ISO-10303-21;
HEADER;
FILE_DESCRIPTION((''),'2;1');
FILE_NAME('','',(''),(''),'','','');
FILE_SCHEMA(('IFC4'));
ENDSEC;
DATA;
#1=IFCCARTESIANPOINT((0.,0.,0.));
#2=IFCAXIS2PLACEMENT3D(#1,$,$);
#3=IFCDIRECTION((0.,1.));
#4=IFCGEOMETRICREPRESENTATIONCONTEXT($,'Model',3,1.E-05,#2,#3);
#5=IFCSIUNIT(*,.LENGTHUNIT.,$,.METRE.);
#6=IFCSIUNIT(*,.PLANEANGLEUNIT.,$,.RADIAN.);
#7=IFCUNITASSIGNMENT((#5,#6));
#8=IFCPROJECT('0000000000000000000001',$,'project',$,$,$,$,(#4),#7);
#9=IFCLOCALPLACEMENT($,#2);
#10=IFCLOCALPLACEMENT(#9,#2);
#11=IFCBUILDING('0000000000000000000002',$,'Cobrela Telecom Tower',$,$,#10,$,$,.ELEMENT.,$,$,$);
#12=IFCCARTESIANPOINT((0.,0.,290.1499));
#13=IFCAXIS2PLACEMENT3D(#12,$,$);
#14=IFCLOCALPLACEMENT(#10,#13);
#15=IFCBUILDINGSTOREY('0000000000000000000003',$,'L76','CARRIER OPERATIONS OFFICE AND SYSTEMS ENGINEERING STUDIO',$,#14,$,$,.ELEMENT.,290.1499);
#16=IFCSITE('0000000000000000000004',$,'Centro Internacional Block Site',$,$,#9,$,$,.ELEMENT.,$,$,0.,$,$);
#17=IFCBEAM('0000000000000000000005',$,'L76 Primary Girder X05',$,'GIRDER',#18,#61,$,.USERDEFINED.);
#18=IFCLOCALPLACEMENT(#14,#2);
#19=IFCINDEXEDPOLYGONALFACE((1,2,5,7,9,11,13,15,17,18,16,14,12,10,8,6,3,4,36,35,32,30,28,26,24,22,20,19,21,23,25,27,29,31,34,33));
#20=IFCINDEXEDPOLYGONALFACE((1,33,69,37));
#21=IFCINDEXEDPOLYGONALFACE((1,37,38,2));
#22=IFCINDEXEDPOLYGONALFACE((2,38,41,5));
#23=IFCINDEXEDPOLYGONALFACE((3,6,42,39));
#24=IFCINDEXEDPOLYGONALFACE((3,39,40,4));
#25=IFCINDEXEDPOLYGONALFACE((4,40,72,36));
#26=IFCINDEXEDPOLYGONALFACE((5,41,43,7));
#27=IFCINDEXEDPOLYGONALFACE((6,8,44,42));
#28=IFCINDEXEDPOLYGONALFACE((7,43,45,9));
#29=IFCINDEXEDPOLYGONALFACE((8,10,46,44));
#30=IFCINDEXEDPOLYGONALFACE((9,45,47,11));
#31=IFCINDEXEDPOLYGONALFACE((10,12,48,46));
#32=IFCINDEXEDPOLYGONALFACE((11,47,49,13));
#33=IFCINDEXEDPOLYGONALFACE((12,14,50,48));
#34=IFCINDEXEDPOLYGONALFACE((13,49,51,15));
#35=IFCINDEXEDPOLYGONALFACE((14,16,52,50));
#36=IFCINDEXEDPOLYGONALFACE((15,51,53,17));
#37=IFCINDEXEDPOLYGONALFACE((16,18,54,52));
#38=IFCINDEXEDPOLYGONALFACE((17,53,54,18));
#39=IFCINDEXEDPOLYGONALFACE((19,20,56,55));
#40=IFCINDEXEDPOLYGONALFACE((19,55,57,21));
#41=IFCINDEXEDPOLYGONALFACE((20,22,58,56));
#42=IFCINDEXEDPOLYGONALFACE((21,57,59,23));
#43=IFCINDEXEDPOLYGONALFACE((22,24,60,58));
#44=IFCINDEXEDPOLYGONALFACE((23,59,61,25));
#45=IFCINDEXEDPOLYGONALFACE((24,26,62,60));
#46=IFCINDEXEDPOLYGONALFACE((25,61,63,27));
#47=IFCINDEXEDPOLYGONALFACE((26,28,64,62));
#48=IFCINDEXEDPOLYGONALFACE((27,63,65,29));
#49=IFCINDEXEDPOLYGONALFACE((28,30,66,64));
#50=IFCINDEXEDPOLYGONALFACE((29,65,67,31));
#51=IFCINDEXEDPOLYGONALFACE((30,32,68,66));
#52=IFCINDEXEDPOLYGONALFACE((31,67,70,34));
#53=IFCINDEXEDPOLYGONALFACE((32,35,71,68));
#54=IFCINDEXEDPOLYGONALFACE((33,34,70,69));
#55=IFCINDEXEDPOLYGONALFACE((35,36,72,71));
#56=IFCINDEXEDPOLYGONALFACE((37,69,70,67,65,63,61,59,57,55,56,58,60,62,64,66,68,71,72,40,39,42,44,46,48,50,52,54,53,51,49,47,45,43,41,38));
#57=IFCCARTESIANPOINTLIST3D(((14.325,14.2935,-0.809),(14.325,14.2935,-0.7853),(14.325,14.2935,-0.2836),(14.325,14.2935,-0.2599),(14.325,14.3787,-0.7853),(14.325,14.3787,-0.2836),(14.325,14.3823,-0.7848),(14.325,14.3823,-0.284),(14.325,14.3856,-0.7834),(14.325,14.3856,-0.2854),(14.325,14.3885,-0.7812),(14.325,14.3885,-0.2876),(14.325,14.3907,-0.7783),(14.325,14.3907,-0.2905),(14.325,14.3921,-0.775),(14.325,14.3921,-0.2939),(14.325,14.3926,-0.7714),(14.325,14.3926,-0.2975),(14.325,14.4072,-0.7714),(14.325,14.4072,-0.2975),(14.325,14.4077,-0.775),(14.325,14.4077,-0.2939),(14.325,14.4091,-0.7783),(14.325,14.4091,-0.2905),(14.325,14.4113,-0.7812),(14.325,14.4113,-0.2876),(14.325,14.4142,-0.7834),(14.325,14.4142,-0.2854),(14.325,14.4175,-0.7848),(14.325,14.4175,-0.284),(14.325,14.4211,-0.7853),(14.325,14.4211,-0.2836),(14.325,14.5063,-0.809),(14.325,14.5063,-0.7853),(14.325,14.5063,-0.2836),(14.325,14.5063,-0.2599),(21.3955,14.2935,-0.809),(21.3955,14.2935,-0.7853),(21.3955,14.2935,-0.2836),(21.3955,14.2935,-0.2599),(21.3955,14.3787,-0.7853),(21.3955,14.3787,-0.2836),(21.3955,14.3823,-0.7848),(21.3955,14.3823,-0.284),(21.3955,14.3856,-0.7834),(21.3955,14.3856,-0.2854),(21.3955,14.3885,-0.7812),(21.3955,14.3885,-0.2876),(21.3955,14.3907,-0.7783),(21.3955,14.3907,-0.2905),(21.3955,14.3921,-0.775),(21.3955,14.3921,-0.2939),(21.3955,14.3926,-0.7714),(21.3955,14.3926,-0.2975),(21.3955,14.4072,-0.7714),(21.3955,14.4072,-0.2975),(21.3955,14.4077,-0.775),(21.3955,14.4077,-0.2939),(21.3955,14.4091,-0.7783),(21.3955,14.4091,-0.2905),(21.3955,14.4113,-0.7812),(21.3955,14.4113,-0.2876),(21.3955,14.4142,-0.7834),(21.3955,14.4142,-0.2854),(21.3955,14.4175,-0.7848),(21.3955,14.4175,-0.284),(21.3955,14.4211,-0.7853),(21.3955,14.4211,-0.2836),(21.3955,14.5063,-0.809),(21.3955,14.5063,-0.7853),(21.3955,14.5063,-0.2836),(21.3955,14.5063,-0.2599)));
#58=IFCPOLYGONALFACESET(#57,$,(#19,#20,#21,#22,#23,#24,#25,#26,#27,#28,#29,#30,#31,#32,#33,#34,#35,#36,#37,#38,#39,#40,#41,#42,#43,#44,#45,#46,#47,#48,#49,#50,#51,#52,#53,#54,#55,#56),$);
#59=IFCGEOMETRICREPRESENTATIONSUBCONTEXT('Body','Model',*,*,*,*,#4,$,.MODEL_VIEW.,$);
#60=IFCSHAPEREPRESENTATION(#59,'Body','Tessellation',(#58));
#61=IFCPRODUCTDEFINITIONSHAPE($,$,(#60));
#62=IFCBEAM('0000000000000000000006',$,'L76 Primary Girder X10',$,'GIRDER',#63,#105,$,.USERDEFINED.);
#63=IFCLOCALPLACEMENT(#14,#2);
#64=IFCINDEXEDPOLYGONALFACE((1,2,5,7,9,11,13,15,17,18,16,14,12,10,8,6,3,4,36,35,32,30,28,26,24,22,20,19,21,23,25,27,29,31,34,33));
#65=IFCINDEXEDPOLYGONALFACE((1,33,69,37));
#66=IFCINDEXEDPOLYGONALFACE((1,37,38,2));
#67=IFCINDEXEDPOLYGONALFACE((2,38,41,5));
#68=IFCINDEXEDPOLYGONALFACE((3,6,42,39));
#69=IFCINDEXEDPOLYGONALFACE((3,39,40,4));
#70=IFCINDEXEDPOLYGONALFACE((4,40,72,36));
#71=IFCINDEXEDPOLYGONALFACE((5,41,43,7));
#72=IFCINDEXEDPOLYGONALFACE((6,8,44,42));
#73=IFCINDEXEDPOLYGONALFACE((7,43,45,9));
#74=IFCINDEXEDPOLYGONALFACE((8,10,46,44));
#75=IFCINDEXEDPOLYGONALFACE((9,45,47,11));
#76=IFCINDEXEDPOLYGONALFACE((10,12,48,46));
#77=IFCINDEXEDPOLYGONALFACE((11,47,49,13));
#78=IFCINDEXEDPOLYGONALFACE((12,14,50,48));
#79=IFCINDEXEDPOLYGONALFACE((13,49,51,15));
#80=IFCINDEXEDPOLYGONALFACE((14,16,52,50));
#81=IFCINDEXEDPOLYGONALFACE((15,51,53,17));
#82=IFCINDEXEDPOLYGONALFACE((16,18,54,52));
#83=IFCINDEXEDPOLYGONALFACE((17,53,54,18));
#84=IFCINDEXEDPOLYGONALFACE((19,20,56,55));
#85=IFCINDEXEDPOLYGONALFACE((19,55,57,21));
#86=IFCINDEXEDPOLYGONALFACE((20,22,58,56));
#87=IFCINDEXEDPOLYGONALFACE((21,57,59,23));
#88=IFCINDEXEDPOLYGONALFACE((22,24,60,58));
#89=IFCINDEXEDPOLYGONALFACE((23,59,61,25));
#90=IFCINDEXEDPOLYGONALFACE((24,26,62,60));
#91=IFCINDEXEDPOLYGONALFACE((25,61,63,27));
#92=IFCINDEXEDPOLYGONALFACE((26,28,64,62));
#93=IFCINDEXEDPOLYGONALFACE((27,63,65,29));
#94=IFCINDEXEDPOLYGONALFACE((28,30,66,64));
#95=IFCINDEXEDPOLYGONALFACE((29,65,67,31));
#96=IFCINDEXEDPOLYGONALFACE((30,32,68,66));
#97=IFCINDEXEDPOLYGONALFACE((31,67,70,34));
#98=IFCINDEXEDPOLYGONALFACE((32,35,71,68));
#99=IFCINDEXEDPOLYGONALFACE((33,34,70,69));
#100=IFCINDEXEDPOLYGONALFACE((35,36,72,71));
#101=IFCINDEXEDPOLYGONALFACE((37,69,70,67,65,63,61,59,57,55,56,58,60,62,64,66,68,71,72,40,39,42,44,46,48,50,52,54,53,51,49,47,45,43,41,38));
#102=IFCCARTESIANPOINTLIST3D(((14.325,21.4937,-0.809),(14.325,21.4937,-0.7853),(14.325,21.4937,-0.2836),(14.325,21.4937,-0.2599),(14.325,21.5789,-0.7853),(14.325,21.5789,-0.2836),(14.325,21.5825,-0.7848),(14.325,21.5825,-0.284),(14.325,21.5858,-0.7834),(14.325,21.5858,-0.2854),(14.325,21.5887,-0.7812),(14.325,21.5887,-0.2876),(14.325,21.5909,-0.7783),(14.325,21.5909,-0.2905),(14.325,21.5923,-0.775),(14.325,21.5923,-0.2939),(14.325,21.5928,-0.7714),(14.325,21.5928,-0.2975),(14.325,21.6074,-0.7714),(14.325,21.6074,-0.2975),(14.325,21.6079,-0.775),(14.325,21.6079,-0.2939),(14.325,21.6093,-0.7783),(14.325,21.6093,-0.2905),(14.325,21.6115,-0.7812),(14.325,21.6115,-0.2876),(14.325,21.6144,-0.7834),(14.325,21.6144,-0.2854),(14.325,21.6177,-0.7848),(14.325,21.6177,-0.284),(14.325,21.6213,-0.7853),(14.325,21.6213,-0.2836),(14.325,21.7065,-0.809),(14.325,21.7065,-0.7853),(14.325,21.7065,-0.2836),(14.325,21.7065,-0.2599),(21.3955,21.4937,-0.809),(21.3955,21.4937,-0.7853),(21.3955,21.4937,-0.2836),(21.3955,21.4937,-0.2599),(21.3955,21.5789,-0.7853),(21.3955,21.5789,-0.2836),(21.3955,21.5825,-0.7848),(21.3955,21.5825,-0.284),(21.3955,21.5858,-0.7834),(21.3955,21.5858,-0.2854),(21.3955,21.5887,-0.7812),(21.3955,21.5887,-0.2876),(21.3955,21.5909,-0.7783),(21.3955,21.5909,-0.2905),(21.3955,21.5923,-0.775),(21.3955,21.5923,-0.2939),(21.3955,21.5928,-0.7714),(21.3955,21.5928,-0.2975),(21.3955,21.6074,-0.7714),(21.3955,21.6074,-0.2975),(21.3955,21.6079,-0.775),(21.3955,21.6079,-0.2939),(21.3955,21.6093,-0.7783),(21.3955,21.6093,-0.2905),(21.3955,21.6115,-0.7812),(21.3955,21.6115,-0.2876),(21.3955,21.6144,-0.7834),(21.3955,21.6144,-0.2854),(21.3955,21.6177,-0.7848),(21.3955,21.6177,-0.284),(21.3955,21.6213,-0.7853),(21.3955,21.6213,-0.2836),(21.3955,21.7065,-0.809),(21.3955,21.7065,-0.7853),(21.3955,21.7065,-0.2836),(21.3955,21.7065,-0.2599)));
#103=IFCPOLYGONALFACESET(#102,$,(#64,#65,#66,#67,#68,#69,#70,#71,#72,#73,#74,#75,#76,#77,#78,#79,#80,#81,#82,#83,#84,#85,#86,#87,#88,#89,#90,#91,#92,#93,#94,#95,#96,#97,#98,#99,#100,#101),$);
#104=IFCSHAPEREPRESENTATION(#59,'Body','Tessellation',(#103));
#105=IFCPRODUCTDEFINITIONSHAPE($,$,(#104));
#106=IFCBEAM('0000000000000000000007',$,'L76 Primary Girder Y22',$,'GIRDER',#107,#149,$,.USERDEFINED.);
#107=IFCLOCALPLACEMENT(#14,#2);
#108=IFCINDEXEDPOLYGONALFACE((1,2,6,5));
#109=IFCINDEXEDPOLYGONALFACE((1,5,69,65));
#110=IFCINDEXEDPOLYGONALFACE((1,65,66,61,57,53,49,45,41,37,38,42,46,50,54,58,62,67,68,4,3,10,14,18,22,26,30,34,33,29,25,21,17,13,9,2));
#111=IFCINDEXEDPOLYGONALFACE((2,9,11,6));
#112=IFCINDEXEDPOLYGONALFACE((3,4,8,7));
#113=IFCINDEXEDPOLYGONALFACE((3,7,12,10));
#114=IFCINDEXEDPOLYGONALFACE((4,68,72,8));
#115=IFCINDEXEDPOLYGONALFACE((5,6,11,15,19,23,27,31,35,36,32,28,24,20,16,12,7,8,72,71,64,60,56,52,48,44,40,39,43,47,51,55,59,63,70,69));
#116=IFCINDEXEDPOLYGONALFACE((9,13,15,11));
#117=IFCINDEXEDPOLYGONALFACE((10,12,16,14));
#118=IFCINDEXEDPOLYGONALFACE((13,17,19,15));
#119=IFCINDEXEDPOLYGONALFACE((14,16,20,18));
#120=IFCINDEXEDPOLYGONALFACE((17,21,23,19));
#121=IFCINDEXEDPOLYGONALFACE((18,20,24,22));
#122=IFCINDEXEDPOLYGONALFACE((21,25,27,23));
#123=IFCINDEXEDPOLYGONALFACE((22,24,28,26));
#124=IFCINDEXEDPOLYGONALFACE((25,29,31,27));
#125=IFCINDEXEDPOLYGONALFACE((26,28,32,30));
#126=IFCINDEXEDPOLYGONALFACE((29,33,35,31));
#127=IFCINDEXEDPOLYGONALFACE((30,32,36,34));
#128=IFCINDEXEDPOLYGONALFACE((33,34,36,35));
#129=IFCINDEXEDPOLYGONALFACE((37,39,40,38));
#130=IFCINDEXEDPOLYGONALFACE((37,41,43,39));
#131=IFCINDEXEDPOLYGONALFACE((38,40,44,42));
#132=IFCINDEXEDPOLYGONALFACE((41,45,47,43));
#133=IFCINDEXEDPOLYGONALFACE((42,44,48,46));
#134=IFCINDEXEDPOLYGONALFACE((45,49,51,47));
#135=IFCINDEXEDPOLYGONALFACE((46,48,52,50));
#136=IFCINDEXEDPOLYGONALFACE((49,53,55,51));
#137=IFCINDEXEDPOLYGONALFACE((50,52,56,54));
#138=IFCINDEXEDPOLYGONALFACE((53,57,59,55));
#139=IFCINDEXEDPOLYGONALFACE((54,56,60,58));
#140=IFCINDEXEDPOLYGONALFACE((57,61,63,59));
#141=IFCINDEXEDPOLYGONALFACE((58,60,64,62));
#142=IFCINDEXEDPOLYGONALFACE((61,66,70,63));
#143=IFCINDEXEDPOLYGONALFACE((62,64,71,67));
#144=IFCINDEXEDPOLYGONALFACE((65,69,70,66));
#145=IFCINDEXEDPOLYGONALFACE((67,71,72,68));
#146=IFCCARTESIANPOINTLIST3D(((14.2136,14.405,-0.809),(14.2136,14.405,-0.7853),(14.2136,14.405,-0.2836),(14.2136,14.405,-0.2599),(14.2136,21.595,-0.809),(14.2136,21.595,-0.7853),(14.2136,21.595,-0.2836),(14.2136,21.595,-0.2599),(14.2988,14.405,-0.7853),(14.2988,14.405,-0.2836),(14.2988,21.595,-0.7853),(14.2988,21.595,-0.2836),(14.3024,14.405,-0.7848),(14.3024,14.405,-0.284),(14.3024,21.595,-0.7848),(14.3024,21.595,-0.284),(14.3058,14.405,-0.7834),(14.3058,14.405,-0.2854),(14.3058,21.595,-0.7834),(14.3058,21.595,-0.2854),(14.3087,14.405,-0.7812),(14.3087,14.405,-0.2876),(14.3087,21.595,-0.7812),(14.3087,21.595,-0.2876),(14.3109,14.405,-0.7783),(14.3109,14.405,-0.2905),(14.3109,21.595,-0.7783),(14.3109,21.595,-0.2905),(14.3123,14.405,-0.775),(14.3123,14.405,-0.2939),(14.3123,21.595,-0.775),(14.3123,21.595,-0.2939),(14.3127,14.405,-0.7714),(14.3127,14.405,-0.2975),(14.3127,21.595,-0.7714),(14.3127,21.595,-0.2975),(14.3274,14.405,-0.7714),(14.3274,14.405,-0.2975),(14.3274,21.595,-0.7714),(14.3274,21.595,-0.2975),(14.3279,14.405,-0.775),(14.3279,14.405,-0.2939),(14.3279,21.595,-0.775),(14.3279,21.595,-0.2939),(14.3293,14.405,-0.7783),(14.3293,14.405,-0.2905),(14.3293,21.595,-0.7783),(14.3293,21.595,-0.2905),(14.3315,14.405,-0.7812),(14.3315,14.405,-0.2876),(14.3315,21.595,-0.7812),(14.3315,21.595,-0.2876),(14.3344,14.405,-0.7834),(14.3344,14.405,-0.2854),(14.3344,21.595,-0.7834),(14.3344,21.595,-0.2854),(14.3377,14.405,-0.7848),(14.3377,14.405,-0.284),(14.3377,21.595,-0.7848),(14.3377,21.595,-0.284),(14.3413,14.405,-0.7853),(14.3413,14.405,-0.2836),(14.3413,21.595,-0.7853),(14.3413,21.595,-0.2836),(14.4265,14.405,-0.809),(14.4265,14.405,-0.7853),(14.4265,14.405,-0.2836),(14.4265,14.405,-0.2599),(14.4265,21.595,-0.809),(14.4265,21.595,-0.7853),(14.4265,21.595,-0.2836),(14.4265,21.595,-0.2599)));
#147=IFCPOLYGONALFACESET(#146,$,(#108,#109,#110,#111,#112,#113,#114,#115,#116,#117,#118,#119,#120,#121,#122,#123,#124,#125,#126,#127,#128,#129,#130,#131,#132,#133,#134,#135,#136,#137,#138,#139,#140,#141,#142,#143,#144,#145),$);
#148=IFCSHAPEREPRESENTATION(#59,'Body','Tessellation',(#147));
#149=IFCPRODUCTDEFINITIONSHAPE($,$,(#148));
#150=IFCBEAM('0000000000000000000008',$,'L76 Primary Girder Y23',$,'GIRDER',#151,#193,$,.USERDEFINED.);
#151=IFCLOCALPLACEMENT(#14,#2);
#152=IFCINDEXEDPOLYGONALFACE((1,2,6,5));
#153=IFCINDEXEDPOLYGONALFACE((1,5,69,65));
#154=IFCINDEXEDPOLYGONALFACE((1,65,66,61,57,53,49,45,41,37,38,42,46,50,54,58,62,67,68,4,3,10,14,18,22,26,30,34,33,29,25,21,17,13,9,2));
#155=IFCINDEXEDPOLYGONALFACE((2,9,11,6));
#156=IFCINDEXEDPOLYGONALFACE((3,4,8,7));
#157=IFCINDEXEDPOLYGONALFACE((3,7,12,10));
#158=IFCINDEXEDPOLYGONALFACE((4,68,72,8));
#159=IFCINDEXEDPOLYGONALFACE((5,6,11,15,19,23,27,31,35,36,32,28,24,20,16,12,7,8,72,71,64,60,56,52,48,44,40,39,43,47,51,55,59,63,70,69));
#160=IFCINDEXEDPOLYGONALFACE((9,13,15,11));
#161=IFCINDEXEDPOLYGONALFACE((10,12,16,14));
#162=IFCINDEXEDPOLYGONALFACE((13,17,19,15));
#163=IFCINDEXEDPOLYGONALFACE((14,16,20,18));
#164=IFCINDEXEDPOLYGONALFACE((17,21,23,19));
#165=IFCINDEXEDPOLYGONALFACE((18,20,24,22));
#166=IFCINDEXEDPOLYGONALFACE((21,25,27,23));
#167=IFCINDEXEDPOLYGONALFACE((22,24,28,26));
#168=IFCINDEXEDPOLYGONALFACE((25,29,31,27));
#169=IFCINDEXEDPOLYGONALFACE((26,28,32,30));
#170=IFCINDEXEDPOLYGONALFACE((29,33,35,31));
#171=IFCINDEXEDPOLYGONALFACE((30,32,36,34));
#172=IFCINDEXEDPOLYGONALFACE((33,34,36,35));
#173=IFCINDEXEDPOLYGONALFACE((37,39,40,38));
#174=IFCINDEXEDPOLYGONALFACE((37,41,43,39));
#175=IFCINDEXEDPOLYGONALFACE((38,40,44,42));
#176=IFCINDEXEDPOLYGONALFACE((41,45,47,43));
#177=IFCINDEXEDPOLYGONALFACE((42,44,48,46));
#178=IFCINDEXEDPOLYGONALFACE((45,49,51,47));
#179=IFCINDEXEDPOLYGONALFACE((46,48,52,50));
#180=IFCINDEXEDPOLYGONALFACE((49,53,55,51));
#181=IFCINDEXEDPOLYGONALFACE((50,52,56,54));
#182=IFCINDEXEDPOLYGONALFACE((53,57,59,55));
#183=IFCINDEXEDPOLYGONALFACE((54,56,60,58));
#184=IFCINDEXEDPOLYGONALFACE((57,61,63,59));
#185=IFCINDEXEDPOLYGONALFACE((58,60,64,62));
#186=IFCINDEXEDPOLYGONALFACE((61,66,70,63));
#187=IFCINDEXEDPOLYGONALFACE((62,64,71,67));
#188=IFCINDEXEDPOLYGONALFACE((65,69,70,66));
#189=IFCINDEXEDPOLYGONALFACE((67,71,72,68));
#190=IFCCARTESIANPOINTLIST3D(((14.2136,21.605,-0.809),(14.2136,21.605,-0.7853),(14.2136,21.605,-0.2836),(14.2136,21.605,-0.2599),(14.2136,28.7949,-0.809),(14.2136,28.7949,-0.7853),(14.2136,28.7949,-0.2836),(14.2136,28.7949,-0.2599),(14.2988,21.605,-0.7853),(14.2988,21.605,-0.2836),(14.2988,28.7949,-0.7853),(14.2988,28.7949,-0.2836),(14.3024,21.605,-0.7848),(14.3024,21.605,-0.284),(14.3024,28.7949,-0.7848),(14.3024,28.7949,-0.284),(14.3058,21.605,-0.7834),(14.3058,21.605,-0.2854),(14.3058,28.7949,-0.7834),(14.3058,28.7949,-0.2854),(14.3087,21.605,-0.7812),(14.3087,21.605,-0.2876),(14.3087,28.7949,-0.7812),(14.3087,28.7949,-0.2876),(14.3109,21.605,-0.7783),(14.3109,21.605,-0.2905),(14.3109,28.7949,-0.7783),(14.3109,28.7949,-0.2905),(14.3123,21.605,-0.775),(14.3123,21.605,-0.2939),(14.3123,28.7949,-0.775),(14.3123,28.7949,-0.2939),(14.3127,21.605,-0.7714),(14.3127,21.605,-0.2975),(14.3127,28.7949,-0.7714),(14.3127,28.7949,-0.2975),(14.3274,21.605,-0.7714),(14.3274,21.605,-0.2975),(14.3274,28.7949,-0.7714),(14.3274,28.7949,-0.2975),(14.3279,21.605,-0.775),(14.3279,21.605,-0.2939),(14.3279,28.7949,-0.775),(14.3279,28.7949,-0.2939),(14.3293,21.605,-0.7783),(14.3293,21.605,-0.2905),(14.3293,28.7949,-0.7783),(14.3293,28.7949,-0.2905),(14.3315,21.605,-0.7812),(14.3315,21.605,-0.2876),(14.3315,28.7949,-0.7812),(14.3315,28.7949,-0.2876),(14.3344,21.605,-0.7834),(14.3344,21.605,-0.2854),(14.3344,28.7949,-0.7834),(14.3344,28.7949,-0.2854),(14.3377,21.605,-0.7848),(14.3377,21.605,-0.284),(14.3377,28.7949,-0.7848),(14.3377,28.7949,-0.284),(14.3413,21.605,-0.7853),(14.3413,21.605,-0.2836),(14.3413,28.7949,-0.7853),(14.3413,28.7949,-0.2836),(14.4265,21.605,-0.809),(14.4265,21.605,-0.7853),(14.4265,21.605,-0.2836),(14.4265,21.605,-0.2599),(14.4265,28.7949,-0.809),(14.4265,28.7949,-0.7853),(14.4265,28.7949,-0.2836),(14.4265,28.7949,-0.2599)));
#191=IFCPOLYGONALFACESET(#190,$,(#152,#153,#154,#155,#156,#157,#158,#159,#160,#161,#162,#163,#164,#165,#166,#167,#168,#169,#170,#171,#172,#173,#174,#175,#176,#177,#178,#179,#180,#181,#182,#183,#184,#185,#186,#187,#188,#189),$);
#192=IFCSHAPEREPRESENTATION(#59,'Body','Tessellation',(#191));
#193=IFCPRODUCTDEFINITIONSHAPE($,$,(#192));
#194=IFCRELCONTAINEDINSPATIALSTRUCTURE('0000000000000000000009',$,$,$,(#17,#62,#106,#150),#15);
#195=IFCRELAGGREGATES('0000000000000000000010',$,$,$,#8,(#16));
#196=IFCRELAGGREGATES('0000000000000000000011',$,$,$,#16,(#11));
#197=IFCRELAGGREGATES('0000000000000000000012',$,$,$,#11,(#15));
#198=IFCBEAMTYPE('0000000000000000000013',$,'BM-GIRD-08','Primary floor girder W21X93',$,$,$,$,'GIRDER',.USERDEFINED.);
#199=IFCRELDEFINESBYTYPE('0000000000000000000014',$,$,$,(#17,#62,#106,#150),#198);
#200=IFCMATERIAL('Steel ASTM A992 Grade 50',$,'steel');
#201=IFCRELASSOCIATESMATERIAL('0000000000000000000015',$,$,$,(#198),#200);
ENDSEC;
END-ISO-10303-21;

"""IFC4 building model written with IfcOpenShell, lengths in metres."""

from ifc_helpers import new_model, si_unit, direction, frame, origin, origin_2d, place, context, subcontext, project, spatial, i_section, extrude, material, material_profile, profile_set, type_object, element, save


model = new_model("IFC4")

# Units and contexts
model_context = context("Model", 3, precision=1e-05, world=origin(), true_north=direction((0.0, 1.0)))
body_context = subcontext(model_context, "Body", "Model", "MODEL_VIEW")
ifc_project = project(units=[si_unit("LENGTHUNIT", "METRE"), si_unit("PLANEANGLEUNIT", "RADIAN")], contexts=[model_context])

# Site, building, storey
site_placement = place(None, origin())
site = spatial("IfcSite", under=ifc_project, at=site_placement, Name="Centro Internacional Block Site", CompositionType="ELEMENT", RefElevation=0.0)
building_placement = place(site_placement, origin())
building = spatial("IfcBuilding", under=site, at=building_placement, Name="Cobrela Telecom Tower", CompositionType="ELEMENT")
storey_placement = place(building_placement, frame((0.0, 0.0, 290.1499)))
storey = spatial("IfcBuildingStorey", under=building, at=storey_placement, Name="L76", Description="CARRIER OPERATIONS OFFICE AND SYSTEMS ENGINEERING STUDIO", CompositionType="ELEMENT", Elevation=290.1499)

# Beams
ifc_material_1 = material(Name="Steel ASTM A992 Grade 50", Category="steel")
ifc_material_profile_1 = material_profile(ifc_material_1, i_section(OverallWidth=0.2129, OverallDepth=0.5491, WebThickness=0.0146, FlangeThickness=0.0237, FilletRadius=0.0139, at=origin_2d()), Name="W21X93")
ifc_profile_set_1 = profile_set([ifc_material_profile_1], Name="Steel ASTM A992 Grade 50")
beam_type_1 = type_object("IfcBeamType", Name="BM-GIRD-08", Description="Primary floor girder W21X93", ElementType="GIRDER", PredefinedType="USERDEFINED", material=ifc_profile_set_1)
for number, where, z_axis, x_axis, name in (
    (1, (14.325, 14.3999, -0.5344), (1.0, 0.0, 0.0), (0.0, 1.0, 0.0), "L76 Primary Girder X05"),
    (2, (14.325, 21.6001, -0.5344), (1.0, 0.0, 0.0), (0.0, 1.0, 0.0), "L76 Primary Girder X10"),
):
    element("IfcBeam", number, at=place(storey_placement, frame(where, z_axis=z_axis, x_axis=x_axis)), inside=storey, type_object=beam_type_1, Name=name, ObjectType="GIRDER", PredefinedType="USERDEFINED", context=body_context, shape_type="SweptSolid", body=[
        extrude(i_section(OverallWidth=0.2129, OverallDepth=0.5491, WebThickness=0.0146, FlangeThickness=0.0237, FilletRadius=0.0139, at=origin_2d()), origin(), (0.0, 0.0, 1.0), 7.0706),
    ])
for number, where, z_axis, x_axis, name in (
    (3, (14.3201, 14.405, -0.5344), (0.0, 1.0, 0.0), (-1.0, 0.0, 0.0), "L76 Primary Girder Y22"),
    (4, (14.3201, 21.605, -0.5344), (0.0, 1.0, 0.0), (-1.0, 0.0, 0.0), "L76 Primary Girder Y23"),
):
    element("IfcBeam", number, at=place(storey_placement, frame(where, z_axis=z_axis, x_axis=x_axis)), inside=storey, type_object=beam_type_1, Name=name, ObjectType="GIRDER", PredefinedType="USERDEFINED", context=body_context, shape_type="SweptSolid", body=[
        extrude(i_section(OverallWidth=0.2129, OverallDepth=0.5491, WebThickness=0.0146, FlangeThickness=0.0237, FilletRadius=0.0139, at=origin_2d()), origin(), (0.0, 0.0, 1.0), 7.1899),
    ])

save(model, "model.ifc")
